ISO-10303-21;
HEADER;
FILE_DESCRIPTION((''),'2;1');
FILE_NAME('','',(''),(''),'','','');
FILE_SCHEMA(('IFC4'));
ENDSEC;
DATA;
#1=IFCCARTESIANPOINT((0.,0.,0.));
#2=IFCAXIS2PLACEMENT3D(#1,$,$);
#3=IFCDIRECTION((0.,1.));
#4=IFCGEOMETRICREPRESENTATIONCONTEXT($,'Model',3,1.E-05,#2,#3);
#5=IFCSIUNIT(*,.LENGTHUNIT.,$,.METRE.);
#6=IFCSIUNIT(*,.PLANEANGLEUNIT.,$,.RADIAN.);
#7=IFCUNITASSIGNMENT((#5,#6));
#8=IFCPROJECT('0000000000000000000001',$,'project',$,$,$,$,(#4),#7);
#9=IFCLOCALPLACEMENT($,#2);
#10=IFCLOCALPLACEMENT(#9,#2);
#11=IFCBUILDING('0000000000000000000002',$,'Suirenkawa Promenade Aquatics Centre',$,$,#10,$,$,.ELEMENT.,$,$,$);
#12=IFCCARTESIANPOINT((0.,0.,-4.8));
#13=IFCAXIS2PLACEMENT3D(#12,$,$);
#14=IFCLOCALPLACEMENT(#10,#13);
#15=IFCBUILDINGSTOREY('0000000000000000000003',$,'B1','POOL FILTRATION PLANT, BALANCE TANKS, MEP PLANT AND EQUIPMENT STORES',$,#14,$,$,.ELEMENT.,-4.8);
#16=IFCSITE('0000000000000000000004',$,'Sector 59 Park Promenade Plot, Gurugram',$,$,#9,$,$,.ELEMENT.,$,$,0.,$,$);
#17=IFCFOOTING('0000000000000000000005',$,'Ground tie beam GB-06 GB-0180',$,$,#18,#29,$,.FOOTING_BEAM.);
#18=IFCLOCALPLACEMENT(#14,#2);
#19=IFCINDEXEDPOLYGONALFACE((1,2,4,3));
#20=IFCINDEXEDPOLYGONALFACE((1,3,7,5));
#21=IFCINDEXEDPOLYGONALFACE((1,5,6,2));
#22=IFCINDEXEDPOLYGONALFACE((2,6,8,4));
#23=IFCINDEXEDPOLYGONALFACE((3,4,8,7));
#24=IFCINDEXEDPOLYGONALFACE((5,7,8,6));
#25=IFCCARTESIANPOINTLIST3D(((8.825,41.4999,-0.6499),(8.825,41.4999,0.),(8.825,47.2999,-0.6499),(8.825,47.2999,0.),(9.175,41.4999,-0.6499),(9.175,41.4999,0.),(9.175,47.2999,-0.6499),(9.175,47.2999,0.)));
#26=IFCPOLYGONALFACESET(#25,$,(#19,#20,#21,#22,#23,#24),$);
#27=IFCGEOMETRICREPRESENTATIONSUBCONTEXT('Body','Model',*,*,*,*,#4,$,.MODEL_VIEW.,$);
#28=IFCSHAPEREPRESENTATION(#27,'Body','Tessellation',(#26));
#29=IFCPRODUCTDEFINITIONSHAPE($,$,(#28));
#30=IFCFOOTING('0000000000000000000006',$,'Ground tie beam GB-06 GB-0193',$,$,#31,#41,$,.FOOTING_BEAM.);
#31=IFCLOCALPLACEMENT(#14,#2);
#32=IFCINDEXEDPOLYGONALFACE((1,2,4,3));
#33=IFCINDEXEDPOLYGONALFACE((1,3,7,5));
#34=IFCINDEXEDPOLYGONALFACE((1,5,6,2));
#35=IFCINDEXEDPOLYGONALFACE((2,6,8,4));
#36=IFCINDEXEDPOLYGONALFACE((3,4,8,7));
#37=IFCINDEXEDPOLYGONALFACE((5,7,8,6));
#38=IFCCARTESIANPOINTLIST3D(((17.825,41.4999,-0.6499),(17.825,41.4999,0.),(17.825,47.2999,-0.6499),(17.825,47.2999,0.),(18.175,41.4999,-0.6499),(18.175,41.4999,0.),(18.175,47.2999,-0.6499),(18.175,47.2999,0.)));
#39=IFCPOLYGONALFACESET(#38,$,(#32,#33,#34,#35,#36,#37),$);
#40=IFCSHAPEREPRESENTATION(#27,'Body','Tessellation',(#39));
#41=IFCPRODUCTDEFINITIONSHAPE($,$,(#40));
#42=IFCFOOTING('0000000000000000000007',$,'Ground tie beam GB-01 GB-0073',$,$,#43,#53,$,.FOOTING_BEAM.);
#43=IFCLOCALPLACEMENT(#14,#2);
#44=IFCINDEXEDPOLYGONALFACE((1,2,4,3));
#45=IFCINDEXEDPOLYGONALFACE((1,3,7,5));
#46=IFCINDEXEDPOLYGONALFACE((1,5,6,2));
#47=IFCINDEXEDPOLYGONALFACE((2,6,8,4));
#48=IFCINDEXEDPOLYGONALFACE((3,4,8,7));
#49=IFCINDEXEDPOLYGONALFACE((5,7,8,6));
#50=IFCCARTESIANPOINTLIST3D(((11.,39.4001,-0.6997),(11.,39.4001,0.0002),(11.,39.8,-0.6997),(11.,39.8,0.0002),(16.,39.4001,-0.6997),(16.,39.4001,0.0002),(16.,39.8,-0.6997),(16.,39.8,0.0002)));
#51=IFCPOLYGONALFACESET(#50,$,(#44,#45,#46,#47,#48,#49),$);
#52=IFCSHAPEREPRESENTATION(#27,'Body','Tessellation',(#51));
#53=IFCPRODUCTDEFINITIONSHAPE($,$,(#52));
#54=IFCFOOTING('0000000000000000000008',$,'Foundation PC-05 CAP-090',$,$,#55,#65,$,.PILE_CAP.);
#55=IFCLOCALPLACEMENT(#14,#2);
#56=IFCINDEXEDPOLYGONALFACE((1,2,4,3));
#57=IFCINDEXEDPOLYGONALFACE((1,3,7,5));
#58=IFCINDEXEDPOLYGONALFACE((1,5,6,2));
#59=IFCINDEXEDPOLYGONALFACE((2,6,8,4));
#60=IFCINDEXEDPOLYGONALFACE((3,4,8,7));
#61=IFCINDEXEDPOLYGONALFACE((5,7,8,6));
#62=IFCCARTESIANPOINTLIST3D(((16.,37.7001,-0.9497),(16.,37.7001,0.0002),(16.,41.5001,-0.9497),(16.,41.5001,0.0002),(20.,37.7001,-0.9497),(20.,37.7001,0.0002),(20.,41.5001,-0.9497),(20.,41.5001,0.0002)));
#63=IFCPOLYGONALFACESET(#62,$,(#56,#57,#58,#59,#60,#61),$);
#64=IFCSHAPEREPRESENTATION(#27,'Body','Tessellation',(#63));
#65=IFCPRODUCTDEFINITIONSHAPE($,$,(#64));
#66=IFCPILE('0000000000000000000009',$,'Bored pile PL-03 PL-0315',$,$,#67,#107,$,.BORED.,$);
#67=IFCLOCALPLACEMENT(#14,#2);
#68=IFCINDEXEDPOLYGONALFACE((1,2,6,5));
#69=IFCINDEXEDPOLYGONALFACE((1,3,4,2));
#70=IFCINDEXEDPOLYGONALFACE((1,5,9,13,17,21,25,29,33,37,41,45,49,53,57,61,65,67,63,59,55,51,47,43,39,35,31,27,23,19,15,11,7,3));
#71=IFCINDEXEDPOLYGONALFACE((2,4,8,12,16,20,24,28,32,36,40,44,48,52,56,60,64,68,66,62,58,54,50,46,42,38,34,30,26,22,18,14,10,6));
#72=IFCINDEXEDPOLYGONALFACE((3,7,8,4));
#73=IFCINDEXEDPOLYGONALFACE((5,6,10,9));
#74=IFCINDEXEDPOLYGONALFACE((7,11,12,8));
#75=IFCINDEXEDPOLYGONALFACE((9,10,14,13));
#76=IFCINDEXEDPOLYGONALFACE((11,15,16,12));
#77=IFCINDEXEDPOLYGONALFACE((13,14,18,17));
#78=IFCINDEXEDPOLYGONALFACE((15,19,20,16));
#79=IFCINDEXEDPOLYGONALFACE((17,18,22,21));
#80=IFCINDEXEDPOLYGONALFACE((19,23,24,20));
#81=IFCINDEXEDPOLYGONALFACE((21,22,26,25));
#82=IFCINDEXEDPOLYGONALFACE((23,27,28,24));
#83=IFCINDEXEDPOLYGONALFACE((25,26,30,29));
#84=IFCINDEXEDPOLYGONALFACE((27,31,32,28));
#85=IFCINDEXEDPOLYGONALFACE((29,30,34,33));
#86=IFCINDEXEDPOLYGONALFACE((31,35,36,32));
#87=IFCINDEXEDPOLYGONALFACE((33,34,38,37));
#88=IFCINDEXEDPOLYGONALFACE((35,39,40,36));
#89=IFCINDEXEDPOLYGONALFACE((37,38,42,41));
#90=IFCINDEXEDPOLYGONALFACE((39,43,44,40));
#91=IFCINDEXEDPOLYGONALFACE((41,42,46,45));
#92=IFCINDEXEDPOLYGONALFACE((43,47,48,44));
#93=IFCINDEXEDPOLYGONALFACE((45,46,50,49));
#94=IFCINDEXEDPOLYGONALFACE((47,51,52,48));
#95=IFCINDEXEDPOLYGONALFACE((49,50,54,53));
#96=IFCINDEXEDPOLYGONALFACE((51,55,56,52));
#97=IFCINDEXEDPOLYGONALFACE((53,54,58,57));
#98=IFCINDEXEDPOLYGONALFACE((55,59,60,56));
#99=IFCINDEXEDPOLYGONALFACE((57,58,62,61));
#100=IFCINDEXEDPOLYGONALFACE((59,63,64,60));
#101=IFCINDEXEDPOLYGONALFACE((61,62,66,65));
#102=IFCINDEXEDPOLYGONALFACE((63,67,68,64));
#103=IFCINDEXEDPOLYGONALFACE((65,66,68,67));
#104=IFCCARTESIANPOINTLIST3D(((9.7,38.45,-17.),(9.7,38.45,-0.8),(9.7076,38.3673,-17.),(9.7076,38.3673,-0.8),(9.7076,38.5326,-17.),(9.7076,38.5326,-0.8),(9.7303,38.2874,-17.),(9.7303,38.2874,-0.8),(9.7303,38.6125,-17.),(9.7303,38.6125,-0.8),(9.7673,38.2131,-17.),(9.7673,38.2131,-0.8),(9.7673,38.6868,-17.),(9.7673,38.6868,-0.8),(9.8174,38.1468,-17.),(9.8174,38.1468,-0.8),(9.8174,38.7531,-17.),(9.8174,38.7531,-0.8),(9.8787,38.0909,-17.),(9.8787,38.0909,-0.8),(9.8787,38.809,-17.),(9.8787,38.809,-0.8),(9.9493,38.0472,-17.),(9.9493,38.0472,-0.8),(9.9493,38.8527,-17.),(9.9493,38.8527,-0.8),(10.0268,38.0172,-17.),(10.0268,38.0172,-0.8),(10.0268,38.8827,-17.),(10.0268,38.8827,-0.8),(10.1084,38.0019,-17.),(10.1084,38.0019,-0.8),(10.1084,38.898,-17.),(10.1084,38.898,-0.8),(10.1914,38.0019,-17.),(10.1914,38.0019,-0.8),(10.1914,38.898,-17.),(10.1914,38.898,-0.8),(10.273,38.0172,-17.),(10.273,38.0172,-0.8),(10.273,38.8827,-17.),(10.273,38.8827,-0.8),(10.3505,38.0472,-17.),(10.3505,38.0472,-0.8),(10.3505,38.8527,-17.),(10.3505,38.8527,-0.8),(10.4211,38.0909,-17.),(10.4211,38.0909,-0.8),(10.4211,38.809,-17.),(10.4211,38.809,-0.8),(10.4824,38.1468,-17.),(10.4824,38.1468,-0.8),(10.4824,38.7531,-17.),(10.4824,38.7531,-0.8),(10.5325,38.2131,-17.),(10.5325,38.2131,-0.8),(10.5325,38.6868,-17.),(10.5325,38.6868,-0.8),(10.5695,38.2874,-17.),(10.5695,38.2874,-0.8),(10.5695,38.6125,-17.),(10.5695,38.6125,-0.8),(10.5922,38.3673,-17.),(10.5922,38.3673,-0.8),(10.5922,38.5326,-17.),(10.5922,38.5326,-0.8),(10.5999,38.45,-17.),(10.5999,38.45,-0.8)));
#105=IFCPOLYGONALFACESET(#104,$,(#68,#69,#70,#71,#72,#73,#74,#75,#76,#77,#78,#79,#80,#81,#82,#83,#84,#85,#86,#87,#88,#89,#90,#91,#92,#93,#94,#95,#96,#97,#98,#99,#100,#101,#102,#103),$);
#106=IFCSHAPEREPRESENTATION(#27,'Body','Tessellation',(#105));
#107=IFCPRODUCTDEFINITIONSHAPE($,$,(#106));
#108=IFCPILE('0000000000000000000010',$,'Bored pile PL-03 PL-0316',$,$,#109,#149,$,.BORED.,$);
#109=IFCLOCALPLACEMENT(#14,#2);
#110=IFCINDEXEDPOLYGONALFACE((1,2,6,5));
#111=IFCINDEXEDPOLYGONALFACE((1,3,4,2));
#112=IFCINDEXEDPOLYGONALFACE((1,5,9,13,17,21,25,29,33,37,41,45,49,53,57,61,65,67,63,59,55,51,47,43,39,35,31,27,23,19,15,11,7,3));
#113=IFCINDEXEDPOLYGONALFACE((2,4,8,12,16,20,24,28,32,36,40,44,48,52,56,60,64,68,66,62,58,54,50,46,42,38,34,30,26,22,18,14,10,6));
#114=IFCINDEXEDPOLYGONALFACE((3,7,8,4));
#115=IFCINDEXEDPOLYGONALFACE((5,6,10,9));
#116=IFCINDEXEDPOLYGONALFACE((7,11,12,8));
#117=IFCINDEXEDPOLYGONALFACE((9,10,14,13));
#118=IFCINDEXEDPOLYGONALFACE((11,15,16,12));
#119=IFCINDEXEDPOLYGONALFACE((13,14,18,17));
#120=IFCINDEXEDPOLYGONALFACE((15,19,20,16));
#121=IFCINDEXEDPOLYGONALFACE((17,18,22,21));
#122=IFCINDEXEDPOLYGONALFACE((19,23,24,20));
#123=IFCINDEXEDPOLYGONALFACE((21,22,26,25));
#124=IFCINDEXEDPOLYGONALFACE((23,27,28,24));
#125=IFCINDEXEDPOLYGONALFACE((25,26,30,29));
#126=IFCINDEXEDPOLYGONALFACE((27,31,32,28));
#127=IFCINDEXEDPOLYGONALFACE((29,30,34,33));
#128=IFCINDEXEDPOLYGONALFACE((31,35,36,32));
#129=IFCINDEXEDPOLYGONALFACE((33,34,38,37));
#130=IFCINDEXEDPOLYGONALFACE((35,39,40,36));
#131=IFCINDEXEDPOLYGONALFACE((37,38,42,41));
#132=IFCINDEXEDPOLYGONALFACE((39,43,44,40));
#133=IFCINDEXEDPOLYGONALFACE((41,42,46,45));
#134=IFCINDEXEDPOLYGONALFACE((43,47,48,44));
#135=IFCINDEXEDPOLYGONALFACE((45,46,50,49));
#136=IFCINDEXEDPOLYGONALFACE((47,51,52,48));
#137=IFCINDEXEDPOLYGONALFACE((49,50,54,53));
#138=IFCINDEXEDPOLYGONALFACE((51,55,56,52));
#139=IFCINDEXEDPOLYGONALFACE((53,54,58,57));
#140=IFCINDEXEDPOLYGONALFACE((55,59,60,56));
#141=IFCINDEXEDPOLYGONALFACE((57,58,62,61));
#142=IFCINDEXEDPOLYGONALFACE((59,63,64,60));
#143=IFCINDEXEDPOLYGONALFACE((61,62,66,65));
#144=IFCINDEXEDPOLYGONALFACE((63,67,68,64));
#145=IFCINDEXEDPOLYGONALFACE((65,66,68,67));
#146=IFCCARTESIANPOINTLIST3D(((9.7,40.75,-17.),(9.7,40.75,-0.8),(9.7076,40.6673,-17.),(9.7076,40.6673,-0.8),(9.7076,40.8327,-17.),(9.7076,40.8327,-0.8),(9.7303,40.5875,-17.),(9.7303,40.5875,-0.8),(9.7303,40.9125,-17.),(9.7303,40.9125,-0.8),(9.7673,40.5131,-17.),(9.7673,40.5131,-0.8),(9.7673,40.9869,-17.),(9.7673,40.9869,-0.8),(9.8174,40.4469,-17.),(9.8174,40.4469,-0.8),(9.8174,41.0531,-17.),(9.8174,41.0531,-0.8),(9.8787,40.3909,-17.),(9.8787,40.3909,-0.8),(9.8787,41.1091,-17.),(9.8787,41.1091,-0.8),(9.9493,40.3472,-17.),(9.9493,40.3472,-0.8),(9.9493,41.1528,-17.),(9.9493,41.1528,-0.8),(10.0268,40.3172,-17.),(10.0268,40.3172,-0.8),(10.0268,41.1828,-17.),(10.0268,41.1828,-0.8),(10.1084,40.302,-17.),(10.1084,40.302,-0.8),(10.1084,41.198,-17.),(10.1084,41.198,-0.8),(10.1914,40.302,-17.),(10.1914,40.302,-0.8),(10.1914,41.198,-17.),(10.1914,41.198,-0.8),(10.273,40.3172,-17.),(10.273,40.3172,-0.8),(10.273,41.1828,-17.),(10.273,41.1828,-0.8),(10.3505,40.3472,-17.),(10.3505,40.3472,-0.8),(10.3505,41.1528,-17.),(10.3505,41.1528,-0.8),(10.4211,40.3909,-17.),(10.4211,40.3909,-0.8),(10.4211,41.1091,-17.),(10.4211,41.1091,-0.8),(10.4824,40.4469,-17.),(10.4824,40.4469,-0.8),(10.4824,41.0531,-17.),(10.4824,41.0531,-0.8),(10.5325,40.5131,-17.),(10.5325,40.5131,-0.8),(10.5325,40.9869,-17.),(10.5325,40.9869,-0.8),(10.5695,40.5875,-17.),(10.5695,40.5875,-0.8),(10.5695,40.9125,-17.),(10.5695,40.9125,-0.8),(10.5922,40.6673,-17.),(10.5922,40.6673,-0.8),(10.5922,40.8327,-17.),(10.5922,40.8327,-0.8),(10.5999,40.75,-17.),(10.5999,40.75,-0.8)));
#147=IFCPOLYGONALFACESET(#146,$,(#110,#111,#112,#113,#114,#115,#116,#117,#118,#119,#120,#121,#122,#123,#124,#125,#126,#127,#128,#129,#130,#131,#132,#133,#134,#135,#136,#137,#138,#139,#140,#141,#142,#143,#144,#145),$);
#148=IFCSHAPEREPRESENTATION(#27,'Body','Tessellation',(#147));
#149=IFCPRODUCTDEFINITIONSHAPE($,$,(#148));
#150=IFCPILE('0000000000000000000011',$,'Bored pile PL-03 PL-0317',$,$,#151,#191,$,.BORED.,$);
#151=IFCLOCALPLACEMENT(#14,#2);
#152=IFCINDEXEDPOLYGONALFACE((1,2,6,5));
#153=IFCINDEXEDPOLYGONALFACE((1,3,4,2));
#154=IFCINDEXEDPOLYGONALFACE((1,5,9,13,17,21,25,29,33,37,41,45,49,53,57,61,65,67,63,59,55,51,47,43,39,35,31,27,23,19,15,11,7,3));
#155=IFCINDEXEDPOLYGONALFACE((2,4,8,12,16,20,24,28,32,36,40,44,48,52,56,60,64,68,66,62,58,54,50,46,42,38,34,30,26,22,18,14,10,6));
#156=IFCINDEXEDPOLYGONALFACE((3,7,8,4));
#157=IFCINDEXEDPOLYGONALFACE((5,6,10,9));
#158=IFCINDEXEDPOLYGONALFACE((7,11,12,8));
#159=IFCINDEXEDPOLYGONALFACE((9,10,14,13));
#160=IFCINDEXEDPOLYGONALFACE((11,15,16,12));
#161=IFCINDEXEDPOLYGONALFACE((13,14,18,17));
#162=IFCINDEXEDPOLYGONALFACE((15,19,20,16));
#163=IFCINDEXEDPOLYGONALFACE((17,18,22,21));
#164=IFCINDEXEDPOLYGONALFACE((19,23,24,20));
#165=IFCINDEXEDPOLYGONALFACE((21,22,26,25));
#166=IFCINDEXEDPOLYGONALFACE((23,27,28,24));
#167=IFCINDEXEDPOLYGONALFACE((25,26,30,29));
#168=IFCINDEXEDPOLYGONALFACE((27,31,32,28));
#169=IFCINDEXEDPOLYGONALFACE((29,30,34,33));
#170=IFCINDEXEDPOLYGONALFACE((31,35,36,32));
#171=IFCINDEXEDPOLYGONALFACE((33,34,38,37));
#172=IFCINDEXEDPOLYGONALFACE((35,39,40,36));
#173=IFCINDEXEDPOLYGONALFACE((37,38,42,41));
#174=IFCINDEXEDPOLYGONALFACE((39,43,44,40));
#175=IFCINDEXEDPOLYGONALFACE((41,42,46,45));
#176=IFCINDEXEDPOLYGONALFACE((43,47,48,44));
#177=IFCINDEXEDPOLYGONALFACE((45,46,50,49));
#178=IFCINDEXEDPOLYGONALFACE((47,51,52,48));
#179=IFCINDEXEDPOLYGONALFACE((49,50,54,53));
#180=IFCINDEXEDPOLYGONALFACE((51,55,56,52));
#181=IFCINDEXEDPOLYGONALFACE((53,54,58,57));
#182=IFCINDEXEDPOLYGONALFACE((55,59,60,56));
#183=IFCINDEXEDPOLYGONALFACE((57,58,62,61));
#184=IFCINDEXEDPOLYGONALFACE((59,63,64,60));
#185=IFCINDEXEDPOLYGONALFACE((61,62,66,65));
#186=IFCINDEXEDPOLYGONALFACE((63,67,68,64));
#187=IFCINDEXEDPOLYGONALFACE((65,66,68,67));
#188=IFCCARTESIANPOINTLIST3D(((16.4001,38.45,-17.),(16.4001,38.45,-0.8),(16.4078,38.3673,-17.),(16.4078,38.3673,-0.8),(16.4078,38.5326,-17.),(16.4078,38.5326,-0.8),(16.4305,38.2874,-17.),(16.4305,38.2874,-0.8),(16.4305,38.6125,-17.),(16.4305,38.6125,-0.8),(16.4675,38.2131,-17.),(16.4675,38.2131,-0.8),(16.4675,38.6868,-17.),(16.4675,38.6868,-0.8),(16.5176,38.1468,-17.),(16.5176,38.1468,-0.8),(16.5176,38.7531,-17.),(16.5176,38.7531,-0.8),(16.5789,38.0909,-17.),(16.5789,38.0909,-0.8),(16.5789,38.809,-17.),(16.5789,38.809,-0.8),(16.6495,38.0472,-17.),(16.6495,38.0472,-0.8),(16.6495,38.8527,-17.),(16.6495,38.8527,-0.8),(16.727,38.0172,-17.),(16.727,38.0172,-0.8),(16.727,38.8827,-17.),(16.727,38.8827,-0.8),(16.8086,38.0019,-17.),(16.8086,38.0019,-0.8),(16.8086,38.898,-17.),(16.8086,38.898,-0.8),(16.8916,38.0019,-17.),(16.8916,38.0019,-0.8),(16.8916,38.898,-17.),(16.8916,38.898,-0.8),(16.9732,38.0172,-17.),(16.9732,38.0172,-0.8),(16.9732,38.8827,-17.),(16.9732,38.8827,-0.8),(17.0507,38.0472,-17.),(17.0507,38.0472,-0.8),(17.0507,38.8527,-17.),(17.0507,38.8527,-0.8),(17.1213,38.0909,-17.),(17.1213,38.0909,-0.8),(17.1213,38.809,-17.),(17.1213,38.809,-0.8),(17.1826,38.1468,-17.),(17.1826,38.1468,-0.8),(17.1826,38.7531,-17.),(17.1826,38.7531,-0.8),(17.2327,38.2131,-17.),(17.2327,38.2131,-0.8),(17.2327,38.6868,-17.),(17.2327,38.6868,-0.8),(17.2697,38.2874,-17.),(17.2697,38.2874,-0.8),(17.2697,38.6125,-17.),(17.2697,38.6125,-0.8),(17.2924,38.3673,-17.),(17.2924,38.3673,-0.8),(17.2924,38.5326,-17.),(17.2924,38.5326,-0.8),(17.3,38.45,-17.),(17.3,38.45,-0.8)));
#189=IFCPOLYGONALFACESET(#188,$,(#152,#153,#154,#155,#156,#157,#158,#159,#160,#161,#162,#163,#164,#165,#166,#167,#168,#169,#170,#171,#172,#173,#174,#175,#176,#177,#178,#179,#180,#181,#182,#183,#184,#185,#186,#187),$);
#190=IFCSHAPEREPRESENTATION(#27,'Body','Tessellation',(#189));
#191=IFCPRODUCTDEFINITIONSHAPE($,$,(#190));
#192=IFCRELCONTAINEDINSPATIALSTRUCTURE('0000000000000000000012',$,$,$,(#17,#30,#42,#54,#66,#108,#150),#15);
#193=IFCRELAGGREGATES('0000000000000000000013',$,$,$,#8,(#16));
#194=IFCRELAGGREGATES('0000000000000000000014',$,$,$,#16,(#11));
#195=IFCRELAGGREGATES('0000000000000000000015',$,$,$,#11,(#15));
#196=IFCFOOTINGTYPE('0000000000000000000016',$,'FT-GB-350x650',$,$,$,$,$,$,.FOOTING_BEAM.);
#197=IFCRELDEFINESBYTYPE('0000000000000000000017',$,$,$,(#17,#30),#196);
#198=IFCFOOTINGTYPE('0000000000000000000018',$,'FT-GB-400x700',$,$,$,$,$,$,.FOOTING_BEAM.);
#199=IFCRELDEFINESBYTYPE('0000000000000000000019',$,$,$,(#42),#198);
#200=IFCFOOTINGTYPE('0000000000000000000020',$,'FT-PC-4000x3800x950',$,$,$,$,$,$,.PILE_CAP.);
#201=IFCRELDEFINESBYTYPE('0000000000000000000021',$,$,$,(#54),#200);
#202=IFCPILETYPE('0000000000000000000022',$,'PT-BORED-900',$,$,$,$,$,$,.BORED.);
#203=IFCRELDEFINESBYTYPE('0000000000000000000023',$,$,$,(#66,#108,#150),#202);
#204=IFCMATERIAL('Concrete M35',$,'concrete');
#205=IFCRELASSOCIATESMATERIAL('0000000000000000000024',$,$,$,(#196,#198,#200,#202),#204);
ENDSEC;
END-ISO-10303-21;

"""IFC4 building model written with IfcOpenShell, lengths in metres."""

from ifc_helpers import new_model, si_unit, direction, frame, origin, origin_2d, place, context, subcontext, project, spatial, rectangle, circle, extrude, material, material_profile, profile_set, type_object, element, save


model = new_model("IFC4")

# Units and contexts
model_context = context("Model", 3, precision=1e-05, world=origin(), true_north=direction((0.0, 1.0)))
body_context = subcontext(model_context, "Body", "Model", "MODEL_VIEW")
ifc_project = project(units=[si_unit("LENGTHUNIT", "METRE"), si_unit("PLANEANGLEUNIT", "RADIAN")], contexts=[model_context])

# Site, building, storey
site_placement = place(None, origin())
site = spatial("IfcSite", under=ifc_project, at=site_placement, Name="Sector 59 Park Promenade Plot, Gurugram", CompositionType="ELEMENT", RefElevation=0.0)
building_placement = place(site_placement, origin())
building = spatial("IfcBuilding", under=site, at=building_placement, Name="Suirenkawa Promenade Aquatics Centre", CompositionType="ELEMENT")
storey_placement = place(building_placement, frame((0.0, 0.0, -4.8)))
storey = spatial("IfcBuildingStorey", under=building, at=storey_placement, Name="B1", Description="POOL FILTRATION PLANT, BALANCE TANKS, MEP PLANT AND EQUIPMENT STORES", CompositionType="ELEMENT", Elevation=-4.8)

# Footings
ifc_material_1 = material(Name="Concrete M35", Category="concrete")
footing_type_1 = type_object("IfcFootingType", Name="FT-GB-350x650", PredefinedType="FOOTING_BEAM", material=ifc_material_1)
for number, where, z_axis, x_axis, name in (
    (1, (9.0, 44.3999, -0.6499), (0.0, 0.0, 1.0), (0.0, 1.0, 0.0), "Ground tie beam GB-06 GB-0180"),
    (2, (18.0, 44.3999, -0.6499), (0.0, 0.0, 1.0), (0.0, 1.0, 0.0), "Ground tie beam GB-06 GB-0193"),
):
    element("IfcFooting", number, at=place(storey_placement, frame(where, z_axis=z_axis, x_axis=x_axis)), inside=storey, type_object=footing_type_1, Name=name, PredefinedType="FOOTING_BEAM", context=body_context, shape_type="SweptSolid", body=[
        extrude(rectangle(XDim=5.8, YDim=0.3501, at=origin_2d()), origin(), (0.0, 0.0, 1.0), 0.6499),
    ])
footing_type_2 = type_object("IfcFootingType", Name="FT-GB-400x700", PredefinedType="FOOTING_BEAM", material=ifc_material_1)
footing_1_placement = place(storey_placement, frame((13.5, 39.6001, -0.6997), z_axis=(0.0, 0.0, 1.0), x_axis=(1.0, 0.0, 0.0)))
element("IfcFooting", 3, at=footing_1_placement, inside=storey, type_object=footing_type_2, Name="Ground tie beam GB-01 GB-0073", PredefinedType="FOOTING_BEAM", context=body_context, shape_type="SweptSolid", body=[
    extrude(rectangle(XDim=5.0, YDim=0.3999, at=origin_2d()), origin(), (0.0, 0.0, 1.0), 0.7),
])
footing_type_3 = type_object("IfcFootingType", Name="FT-PC-4000x3800x950", PredefinedType="PILE_CAP", material=ifc_material_1)
footing_2_placement = place(storey_placement, frame((18.0, 39.6001, -0.9497), z_axis=(0.0, 0.0, 1.0), x_axis=(1.0, 0.0, 0.0)))
element("IfcFooting", 4, at=footing_2_placement, inside=storey, type_object=footing_type_3, Name="Foundation PC-05 CAP-090", PredefinedType="PILE_CAP", context=body_context, shape_type="SweptSolid", body=[
    extrude(rectangle(XDim=4.0, YDim=3.8, at=origin_2d()), origin(), (0.0, 0.0, 1.0), 0.95),
])

# Piles
ifc_material_profile_1 = material_profile(ifc_material_1, circle(Radius=0.45, at=origin_2d()), Name="PILE D900", Category="concrete")
ifc_profile_set_1 = profile_set([ifc_material_profile_1], Name="Concrete M35")
pile_type = type_object("IfcPileType", Name="PT-BORED-900", PredefinedType="BORED", material=ifc_profile_set_1)
for number, where, z_axis, x_axis, name in (
    (5, (10.1499, 38.45, -0.8), (0.0, 0.0, -1.0), (1.0, 0.0, 0.0), "Bored pile PL-03 PL-0315"),
    (6, (10.1499, 40.75, -0.8), (0.0, 0.0, -1.0), (1.0, 0.0, 0.0), "Bored pile PL-03 PL-0316"),
    (7, (16.8501, 38.45, -0.8), (0.0, 0.0, -1.0), (1.0, 0.0, 0.0), "Bored pile PL-03 PL-0317"),
):
    element("IfcPile", number, at=place(storey_placement, frame(where, z_axis=z_axis, x_axis=x_axis)), inside=storey, type_object=pile_type, Name=name, PredefinedType="BORED", context=body_context, shape_type="SweptSolid", body=[
        extrude(circle(Radius=0.45, at=origin_2d()), origin(), (0.0, 0.0, 1.0), 16.2),
    ])

save(model, "model.ifc")
